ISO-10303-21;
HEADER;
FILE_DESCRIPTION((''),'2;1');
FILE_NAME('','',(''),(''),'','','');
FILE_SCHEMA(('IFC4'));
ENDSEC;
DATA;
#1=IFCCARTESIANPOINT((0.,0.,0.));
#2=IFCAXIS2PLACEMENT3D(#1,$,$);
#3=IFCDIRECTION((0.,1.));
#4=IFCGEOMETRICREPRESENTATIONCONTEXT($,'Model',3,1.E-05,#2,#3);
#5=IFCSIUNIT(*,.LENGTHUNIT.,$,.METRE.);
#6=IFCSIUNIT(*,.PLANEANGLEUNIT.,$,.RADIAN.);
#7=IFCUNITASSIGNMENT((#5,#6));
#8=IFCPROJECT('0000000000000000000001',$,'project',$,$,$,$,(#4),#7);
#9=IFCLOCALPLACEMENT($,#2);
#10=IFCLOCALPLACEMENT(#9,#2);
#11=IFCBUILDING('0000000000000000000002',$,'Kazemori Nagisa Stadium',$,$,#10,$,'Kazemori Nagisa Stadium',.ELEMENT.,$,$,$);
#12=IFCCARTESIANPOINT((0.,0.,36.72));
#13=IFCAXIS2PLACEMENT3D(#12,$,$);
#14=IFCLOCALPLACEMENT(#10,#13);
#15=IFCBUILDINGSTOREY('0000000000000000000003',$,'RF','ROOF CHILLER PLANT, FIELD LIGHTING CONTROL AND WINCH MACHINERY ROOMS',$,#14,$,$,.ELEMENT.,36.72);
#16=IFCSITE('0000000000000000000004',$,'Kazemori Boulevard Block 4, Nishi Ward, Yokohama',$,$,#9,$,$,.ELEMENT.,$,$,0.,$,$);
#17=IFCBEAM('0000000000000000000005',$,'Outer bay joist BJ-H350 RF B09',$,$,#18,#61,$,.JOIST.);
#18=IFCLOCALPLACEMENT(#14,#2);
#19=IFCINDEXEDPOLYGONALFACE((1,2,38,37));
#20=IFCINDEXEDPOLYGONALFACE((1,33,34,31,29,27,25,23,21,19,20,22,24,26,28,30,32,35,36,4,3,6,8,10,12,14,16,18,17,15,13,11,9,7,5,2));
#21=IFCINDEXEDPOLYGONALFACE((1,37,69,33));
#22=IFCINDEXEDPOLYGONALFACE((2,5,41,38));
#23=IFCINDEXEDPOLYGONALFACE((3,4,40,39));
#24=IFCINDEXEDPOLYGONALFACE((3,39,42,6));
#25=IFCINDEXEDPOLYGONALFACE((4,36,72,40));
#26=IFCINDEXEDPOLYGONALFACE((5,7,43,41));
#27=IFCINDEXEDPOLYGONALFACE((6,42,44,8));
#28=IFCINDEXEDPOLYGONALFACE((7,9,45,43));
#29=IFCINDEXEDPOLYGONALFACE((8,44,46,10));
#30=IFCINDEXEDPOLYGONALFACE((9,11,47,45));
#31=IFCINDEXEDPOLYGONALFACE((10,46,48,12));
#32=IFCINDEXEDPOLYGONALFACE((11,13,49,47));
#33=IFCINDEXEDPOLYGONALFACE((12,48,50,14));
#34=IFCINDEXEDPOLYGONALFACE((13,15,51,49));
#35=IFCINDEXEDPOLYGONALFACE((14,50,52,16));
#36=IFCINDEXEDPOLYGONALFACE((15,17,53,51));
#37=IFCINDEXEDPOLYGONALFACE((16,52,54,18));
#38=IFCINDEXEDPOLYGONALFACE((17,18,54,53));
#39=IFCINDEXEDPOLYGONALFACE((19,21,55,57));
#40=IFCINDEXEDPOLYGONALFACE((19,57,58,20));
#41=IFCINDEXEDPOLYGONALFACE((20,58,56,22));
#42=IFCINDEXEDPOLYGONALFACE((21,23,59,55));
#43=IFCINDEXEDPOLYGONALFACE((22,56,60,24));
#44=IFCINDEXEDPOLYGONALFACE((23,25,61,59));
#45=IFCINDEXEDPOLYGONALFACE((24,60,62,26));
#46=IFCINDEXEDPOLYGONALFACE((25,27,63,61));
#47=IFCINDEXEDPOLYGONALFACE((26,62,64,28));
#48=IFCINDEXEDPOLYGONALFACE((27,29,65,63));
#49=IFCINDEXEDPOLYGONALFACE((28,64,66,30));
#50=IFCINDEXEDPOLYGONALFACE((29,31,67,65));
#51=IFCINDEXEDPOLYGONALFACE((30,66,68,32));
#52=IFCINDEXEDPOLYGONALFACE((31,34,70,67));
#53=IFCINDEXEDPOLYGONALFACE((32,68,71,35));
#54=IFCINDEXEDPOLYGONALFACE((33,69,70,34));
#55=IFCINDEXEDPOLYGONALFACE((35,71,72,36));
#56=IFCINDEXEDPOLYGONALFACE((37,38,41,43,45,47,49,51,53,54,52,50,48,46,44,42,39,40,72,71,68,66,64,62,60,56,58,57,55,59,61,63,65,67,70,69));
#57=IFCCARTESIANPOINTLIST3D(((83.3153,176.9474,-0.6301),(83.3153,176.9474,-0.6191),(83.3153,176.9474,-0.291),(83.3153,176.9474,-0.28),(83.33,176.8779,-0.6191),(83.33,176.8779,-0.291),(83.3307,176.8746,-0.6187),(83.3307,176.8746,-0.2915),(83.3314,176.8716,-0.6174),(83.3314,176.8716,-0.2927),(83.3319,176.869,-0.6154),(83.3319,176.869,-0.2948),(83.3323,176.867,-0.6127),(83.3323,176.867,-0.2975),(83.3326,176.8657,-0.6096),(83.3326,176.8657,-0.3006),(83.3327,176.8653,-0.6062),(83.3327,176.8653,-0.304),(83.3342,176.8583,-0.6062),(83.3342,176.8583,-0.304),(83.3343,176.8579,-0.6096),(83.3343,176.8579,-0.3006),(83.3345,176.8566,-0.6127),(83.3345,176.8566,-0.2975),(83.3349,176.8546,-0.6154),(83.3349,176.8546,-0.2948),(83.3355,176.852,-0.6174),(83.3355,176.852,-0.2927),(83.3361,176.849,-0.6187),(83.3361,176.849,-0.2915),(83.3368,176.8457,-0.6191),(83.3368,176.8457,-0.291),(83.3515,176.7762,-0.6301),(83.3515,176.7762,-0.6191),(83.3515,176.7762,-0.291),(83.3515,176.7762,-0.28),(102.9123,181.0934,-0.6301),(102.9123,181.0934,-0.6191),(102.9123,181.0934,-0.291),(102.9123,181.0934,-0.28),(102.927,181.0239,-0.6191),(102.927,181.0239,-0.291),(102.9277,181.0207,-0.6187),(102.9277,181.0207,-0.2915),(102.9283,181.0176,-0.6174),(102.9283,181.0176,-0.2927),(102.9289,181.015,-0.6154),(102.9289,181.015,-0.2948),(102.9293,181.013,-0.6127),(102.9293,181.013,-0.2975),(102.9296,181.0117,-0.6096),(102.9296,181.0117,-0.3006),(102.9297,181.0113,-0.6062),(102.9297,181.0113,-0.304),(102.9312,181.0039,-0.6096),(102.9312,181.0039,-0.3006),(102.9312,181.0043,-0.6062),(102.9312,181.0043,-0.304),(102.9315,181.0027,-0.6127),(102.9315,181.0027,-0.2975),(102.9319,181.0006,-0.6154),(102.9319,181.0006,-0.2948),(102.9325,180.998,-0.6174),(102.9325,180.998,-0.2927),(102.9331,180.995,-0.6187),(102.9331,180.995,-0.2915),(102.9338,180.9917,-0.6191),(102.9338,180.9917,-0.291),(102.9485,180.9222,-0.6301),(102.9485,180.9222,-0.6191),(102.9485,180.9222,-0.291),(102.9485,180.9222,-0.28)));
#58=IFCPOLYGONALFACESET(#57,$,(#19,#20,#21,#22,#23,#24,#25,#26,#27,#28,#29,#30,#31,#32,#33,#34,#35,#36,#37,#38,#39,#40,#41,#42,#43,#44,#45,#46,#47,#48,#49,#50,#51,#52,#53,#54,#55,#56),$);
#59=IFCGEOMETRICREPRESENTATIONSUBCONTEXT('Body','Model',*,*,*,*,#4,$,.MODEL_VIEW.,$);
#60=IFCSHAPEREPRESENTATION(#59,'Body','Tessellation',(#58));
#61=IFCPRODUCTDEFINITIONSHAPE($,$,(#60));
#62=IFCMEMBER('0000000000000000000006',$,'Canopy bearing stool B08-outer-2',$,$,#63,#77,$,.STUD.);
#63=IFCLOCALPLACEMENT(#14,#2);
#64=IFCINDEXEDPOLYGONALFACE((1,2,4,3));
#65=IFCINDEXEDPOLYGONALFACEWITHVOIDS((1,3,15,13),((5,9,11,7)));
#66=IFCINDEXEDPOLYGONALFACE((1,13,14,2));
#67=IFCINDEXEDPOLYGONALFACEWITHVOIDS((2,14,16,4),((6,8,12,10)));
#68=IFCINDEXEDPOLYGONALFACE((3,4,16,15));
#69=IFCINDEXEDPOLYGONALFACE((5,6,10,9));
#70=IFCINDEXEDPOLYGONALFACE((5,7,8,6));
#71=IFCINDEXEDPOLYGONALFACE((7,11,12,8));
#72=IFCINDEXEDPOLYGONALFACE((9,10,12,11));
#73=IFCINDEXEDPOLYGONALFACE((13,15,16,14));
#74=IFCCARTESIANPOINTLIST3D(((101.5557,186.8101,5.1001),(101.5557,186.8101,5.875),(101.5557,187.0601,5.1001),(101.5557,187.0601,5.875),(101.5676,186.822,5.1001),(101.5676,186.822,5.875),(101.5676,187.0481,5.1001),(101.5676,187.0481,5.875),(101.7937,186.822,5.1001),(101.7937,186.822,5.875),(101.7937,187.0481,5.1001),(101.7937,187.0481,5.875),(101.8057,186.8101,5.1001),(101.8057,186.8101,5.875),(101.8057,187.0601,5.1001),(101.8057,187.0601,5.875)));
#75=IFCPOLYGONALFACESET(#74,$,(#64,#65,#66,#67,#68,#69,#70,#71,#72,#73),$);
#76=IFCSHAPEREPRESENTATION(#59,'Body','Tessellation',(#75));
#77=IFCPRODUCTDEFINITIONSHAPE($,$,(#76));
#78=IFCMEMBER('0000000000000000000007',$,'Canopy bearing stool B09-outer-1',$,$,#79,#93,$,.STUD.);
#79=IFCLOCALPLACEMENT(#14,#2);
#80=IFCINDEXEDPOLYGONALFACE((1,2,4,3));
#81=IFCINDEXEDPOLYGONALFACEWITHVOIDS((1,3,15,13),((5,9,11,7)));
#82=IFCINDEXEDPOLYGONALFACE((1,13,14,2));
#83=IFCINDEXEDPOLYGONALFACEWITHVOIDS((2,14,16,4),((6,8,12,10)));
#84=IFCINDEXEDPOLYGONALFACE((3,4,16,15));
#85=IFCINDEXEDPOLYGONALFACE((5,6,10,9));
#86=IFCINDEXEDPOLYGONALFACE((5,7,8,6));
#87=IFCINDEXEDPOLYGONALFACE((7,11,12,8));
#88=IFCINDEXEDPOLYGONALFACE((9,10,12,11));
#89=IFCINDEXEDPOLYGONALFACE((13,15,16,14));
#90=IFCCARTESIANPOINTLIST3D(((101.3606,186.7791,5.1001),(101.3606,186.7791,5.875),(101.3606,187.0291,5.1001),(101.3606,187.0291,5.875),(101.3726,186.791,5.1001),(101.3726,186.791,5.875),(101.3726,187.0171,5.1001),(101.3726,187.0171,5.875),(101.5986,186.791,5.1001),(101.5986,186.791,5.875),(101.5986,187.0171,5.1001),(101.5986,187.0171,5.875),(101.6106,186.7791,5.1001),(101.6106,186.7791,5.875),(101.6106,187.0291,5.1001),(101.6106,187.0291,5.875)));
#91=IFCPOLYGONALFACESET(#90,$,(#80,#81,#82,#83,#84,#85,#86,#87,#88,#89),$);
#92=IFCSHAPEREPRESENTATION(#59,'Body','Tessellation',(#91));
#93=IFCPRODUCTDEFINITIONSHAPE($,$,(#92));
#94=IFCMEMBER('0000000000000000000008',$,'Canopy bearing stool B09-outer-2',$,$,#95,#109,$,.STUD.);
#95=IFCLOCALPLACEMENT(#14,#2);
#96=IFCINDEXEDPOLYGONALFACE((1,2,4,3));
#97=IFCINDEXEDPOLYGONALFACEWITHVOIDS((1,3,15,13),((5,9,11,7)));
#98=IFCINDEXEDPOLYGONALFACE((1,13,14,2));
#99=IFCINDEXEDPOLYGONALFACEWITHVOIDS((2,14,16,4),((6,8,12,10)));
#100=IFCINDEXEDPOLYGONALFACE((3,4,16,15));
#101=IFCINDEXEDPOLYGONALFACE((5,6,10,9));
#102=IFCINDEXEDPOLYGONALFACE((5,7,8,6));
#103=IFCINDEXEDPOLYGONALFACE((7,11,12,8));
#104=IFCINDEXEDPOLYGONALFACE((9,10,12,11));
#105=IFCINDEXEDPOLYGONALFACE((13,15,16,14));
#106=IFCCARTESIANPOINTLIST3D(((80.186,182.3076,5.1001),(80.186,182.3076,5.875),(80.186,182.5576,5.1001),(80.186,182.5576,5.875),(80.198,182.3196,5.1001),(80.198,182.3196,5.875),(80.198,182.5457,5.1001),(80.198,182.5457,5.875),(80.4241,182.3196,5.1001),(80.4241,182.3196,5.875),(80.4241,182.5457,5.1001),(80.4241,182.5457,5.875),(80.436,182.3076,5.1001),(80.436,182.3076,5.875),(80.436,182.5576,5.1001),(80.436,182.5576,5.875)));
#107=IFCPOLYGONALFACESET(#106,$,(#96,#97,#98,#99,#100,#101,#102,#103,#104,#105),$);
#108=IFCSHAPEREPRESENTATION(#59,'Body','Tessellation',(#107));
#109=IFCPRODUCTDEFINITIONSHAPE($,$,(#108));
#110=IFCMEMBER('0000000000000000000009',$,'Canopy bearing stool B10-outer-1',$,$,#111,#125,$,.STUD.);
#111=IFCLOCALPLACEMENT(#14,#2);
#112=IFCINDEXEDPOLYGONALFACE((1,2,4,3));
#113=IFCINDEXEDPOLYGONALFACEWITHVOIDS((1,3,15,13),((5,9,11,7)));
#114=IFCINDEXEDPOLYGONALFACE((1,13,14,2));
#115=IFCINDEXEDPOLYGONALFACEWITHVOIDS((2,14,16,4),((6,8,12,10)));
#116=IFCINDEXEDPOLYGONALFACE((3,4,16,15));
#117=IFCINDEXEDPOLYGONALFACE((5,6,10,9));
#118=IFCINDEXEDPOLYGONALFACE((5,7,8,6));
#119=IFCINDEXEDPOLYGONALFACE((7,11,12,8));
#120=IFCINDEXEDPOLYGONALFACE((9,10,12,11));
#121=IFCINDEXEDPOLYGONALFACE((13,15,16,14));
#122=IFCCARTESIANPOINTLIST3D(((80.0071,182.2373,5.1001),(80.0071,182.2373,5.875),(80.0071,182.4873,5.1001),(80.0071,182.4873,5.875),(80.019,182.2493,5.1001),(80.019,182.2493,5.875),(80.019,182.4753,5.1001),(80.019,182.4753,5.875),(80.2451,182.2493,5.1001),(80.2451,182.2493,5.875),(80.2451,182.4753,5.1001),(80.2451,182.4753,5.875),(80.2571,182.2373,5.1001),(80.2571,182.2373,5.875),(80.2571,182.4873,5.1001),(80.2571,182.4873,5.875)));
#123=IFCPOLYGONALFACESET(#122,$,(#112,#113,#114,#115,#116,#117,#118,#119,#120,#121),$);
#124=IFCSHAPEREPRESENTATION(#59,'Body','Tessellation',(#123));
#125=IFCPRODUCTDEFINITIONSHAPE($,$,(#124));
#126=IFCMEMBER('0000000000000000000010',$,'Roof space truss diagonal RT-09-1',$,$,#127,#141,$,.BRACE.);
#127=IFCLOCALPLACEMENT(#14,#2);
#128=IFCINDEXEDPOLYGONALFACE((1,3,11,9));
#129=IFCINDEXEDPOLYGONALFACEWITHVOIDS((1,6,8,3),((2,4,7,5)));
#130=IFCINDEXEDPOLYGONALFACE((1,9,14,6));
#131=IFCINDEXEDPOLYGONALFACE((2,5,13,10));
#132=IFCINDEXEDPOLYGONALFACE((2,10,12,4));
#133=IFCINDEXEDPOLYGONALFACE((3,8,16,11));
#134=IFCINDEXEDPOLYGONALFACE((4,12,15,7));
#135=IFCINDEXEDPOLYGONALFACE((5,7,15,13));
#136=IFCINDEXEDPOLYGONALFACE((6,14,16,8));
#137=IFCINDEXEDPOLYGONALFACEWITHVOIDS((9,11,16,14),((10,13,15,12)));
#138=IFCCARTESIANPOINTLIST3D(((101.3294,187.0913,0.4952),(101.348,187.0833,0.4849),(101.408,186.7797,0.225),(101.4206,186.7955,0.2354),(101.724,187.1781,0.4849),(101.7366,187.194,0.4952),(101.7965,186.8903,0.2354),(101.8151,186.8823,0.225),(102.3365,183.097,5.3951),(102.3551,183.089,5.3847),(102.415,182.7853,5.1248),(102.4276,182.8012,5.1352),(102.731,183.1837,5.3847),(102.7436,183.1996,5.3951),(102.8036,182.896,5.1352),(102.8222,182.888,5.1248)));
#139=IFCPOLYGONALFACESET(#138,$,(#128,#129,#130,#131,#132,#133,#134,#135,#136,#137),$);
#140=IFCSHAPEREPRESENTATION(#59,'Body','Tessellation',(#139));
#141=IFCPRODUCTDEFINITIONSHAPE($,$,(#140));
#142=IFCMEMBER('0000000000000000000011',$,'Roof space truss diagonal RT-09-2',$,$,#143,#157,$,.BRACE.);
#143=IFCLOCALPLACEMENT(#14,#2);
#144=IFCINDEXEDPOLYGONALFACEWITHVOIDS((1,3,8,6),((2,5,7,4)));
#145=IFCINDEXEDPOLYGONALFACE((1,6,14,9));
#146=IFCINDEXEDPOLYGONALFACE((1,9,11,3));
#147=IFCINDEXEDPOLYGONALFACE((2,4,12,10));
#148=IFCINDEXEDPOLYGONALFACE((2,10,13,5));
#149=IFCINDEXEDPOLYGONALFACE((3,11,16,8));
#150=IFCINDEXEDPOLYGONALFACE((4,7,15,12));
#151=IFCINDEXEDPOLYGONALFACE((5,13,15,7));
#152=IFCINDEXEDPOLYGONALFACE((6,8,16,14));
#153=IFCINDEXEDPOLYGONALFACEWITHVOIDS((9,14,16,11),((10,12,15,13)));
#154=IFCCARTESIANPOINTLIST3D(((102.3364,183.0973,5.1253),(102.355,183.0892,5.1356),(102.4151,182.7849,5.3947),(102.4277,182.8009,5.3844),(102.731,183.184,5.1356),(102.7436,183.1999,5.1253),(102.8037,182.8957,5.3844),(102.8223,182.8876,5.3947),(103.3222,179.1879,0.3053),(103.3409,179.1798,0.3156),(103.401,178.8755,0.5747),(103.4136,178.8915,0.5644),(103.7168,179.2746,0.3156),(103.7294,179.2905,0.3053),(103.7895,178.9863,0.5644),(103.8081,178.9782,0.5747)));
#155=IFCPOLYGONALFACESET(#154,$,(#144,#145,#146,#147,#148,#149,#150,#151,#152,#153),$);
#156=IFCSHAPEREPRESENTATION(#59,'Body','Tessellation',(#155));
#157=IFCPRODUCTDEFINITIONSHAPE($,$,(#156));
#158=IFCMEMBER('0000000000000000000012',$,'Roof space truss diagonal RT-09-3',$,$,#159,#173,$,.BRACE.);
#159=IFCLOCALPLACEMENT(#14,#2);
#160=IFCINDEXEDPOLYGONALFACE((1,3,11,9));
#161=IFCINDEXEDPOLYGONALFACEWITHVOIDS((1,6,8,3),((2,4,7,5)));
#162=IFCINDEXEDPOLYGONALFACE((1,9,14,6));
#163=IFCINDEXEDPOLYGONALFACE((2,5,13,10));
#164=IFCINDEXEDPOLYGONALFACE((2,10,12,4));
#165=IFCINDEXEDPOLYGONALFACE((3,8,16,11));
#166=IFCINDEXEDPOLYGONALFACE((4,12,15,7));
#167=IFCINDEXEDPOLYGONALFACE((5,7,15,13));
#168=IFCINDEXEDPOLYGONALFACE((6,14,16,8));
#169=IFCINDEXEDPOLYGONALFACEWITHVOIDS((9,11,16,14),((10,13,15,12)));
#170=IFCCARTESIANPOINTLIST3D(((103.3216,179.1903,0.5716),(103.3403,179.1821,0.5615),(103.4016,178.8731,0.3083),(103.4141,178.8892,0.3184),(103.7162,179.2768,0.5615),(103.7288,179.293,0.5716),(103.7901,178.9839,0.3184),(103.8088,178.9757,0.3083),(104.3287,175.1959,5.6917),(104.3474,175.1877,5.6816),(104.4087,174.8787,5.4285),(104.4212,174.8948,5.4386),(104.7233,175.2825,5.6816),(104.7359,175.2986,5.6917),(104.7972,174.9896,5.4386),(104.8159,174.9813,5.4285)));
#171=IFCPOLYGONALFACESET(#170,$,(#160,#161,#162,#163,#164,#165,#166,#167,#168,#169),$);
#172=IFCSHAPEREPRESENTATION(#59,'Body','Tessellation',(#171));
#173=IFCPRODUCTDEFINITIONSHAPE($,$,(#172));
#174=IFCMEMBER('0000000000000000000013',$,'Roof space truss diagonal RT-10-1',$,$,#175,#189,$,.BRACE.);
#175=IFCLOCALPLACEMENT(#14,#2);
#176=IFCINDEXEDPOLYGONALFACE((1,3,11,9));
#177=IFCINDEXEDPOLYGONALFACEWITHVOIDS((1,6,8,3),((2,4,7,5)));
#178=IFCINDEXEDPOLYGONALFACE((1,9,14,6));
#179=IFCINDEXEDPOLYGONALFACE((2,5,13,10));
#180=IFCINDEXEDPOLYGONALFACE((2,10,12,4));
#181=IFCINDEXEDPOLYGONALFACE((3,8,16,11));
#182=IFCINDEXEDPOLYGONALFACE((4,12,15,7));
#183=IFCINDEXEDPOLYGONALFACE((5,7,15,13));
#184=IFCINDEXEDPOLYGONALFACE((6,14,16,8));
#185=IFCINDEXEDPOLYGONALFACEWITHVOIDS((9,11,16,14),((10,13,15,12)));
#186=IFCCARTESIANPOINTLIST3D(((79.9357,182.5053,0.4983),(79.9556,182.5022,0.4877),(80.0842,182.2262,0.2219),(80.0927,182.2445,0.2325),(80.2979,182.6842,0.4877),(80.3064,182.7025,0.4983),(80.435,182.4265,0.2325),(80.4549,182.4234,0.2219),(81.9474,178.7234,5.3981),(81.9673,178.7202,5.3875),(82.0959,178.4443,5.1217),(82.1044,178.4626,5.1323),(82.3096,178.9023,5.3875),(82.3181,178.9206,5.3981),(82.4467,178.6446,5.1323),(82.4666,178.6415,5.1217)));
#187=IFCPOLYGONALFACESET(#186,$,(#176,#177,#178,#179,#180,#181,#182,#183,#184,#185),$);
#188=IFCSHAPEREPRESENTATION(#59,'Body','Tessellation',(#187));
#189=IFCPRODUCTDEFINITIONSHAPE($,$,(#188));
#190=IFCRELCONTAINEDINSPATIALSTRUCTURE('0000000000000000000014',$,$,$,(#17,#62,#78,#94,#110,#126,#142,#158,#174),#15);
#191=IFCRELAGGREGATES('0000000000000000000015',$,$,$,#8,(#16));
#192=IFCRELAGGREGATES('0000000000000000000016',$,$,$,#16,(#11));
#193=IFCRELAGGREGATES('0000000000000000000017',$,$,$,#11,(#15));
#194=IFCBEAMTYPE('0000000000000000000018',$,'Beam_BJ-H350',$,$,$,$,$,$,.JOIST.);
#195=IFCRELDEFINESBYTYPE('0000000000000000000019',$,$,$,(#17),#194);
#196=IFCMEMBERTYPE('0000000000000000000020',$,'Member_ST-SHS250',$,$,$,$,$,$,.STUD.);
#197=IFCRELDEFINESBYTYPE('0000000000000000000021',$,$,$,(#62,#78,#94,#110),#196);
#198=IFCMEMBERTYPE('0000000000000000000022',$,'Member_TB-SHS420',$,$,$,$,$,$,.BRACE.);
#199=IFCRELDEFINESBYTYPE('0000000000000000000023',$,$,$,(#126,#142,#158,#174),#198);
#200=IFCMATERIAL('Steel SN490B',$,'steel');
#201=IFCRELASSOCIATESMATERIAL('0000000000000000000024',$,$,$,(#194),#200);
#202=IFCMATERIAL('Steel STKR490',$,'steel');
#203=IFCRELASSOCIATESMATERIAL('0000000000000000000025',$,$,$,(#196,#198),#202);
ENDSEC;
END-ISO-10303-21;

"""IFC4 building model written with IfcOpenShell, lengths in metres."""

from ifc_helpers import new_model, si_unit, direction, frame, origin, origin_2d, place, context, subcontext, project, spatial, hollow_rectangle, i_section, extrude, material, material_profile, profile_set, type_object, element, save


model = new_model("IFC4")

# Units and contexts
model_context = context("Model", 3, precision=1e-05, world=origin(), true_north=direction((0.0, 1.0)))
body_context = subcontext(model_context, "Body", "Model", "MODEL_VIEW")
ifc_project = project(units=[si_unit("LENGTHUNIT", "METRE"), si_unit("PLANEANGLEUNIT", "RADIAN")], contexts=[model_context])

# Site, building, storey
site_placement = place(None, origin())
site = spatial("IfcSite", under=ifc_project, at=site_placement, Name="Kazemori Boulevard Block 4, Nishi Ward, Yokohama", CompositionType="ELEMENT", RefElevation=0.0)
building_placement = place(site_placement, origin())
building = spatial("IfcBuilding", under=site, at=building_placement, Name="Kazemori Nagisa Stadium", LongName="Kazemori Nagisa Stadium", CompositionType="ELEMENT")
storey_placement = place(building_placement, frame((0.0, 0.0, 36.72)))
storey = spatial("IfcBuildingStorey", under=building, at=storey_placement, Name="RF", Description="ROOF CHILLER PLANT, FIELD LIGHTING CONTROL AND WINCH MACHINERY ROOMS", CompositionType="ELEMENT", Elevation=36.72)

# Shared definitions
ifc_material_1 = material(Name="Steel SN490B", Category="steel")

# Beam
ifc_material_profile_1 = material_profile(ifc_material_1, i_section(OverallWidth=0.175, OverallDepth=0.3501, WebThickness=0.0071, FlangeThickness=0.011, FilletRadius=0.0129, at=origin_2d()), Name="H-350x175x7x11")
ifc_profile_set_1 = profile_set([ifc_material_profile_1], Name="Steel SN490B")
beam_type_1 = type_object("IfcBeamType", Name="Beam_BJ-H350", PredefinedType="JOIST", material=ifc_profile_set_1)
beam_1_placement = place(storey_placement, frame((102.9304, 181.0078, -0.4551), z_axis=(-0.978345, -0.206982, 0.0), x_axis=(0.206982, -0.978345, 0.0)))
element("IfcBeam", 1, at=beam_1_placement, inside=storey, type_object=beam_type_1, Name="Outer bay joist BJ-H350 RF B09", PredefinedType="JOIST", context=body_context, shape_type="SweptSolid", body=[
    extrude(i_section(OverallWidth=0.175, OverallDepth=0.3501, WebThickness=0.0071, FlangeThickness=0.011, FilletRadius=0.0129, at=origin_2d()), origin(), (0.0, 0.0, 1.0), 20.0308),
])

# Members
ifc_material_2 = material(Name="Steel STKR490", Category="steel")
ifc_material_profile_2 = material_profile(ifc_material_2, hollow_rectangle(XDim=0.25, YDim=0.25, WallThickness=0.012, at=origin_2d()), Name="SHS-250x250x12")
ifc_profile_set_2 = profile_set([ifc_material_profile_2], Name="Steel STKR490")
member_type_1 = type_object("IfcMemberType", Name="Member_ST-SHS250", PredefinedType="STUD", material=ifc_profile_set_2)
for number, where, z_axis, x_axis, name in (
    (2, (101.6807, 186.9351, 5.1001), (0.0, 0.0, 1.0), (1.0, 0.0, 0.0), "Canopy bearing stool B08-outer-2"),
    (3, (101.4856, 186.9041, 5.1001), (0.0, 0.0, 1.0), (1.0, 0.0, 0.0), "Canopy bearing stool B09-outer-1"),
    (4, (80.311, 182.4326, 5.1001), (0.0, 0.0, 1.0), (1.0, 0.0, 0.0), "Canopy bearing stool B09-outer-2"),
    (5, (80.1321, 182.3623, 5.1001), (0.0, 0.0, 1.0), (1.0, 0.0, 0.0), "Canopy bearing stool B10-outer-1"),
):
    element("IfcMember", number, at=place(storey_placement, frame(where, z_axis=z_axis, x_axis=x_axis)), inside=storey, type_object=member_type_1, Name=name, PredefinedType="STUD", context=body_context, shape_type="SweptSolid", body=[
        extrude(hollow_rectangle(XDim=0.25, YDim=0.25, WallThickness=0.012, at=origin_2d()), origin(), (0.0, 0.0, 1.0), 0.7749),
    ])
ifc_material_profile_3 = material_profile(ifc_material_2, hollow_rectangle(XDim=0.4199, YDim=0.4199, WallThickness=0.0161, at=origin_2d()), Name="SHS-420x420x16")
ifc_profile_set_3 = profile_set([ifc_material_profile_3], Name="Steel STKR490")
member_type_2 = type_object("IfcMemberType", Name="Member_TB-SHS420", PredefinedType="BRACE", material=ifc_profile_set_3)
member_1_placement = place(storey_placement, frame((101.5723, 186.9868, 0.3601), z_axis=(0.157321, -0.623983, 0.765438), x_axis=(0.969656, 0.244473, 0.0)))
element("IfcMember", 6, at=member_1_placement, inside=storey, type_object=member_type_2, Name="Roof space truss diagonal RT-09-1", PredefinedType="BRACE", context=body_context, shape_type="SweptSolid", body=[
    extrude(hollow_rectangle(XDim=0.4199, YDim=0.4199, WallThickness=0.0161, at=origin_2d()), origin(), (0.0, 0.0, 1.0), 6.4014),
])
member_2_placement = place(storey_placement, frame((102.5793, 182.9924, 5.26), z_axis=(0.156881, -0.622124, -0.767039), x_axis=(0.969645, 0.244516, 0.0)))
element("IfcMember", 7, at=member_2_placement, inside=storey, type_object=member_type_2, Name="Roof space truss diagonal RT-09-2", PredefinedType="BRACE", context=body_context, shape_type="SweptSolid", body=[
    extrude(hollow_rectangle(XDim=0.4199, YDim=0.4199, WallThickness=0.0161, at=origin_2d()), origin(), (0.0, 0.0, 1.0), 6.2839),
])
member_3_placement = place(storey_placement, frame((103.5652, 179.083, 0.4399), z_axis=(0.153249, -0.607832, 0.779137), x_axis=(0.969656, 0.244473, 0.0)))
element("IfcMember", 8, at=member_3_placement, inside=storey, type_object=member_type_2, Name="Roof space truss diagonal RT-09-3", PredefinedType="BRACE", context=body_context, shape_type="SweptSolid", body=[
    extrude(hollow_rectangle(XDim=0.4199, YDim=0.4199, WallThickness=0.0161, at=origin_2d()), origin(), (0.0, 0.0, 1.0), 6.5715),
])
member_4_placement = place(storey_placement, frame((80.1953, 182.4644, 0.3601), z_axis=(0.309095, -0.581091, 0.752857), x_axis=(0.88287, 0.469618, 0.0)))
element("IfcMember", 9, at=member_4_placement, inside=storey, type_object=member_type_2, Name="Roof space truss diagonal RT-10-1", PredefinedType="BRACE", context=body_context, shape_type="SweptSolid", body=[
    extrude(hollow_rectangle(XDim=0.4199, YDim=0.4199, WallThickness=0.0161, at=origin_2d()), origin(), (0.0, 0.0, 1.0), 6.5083),
])

save(model, "model.ifc")
